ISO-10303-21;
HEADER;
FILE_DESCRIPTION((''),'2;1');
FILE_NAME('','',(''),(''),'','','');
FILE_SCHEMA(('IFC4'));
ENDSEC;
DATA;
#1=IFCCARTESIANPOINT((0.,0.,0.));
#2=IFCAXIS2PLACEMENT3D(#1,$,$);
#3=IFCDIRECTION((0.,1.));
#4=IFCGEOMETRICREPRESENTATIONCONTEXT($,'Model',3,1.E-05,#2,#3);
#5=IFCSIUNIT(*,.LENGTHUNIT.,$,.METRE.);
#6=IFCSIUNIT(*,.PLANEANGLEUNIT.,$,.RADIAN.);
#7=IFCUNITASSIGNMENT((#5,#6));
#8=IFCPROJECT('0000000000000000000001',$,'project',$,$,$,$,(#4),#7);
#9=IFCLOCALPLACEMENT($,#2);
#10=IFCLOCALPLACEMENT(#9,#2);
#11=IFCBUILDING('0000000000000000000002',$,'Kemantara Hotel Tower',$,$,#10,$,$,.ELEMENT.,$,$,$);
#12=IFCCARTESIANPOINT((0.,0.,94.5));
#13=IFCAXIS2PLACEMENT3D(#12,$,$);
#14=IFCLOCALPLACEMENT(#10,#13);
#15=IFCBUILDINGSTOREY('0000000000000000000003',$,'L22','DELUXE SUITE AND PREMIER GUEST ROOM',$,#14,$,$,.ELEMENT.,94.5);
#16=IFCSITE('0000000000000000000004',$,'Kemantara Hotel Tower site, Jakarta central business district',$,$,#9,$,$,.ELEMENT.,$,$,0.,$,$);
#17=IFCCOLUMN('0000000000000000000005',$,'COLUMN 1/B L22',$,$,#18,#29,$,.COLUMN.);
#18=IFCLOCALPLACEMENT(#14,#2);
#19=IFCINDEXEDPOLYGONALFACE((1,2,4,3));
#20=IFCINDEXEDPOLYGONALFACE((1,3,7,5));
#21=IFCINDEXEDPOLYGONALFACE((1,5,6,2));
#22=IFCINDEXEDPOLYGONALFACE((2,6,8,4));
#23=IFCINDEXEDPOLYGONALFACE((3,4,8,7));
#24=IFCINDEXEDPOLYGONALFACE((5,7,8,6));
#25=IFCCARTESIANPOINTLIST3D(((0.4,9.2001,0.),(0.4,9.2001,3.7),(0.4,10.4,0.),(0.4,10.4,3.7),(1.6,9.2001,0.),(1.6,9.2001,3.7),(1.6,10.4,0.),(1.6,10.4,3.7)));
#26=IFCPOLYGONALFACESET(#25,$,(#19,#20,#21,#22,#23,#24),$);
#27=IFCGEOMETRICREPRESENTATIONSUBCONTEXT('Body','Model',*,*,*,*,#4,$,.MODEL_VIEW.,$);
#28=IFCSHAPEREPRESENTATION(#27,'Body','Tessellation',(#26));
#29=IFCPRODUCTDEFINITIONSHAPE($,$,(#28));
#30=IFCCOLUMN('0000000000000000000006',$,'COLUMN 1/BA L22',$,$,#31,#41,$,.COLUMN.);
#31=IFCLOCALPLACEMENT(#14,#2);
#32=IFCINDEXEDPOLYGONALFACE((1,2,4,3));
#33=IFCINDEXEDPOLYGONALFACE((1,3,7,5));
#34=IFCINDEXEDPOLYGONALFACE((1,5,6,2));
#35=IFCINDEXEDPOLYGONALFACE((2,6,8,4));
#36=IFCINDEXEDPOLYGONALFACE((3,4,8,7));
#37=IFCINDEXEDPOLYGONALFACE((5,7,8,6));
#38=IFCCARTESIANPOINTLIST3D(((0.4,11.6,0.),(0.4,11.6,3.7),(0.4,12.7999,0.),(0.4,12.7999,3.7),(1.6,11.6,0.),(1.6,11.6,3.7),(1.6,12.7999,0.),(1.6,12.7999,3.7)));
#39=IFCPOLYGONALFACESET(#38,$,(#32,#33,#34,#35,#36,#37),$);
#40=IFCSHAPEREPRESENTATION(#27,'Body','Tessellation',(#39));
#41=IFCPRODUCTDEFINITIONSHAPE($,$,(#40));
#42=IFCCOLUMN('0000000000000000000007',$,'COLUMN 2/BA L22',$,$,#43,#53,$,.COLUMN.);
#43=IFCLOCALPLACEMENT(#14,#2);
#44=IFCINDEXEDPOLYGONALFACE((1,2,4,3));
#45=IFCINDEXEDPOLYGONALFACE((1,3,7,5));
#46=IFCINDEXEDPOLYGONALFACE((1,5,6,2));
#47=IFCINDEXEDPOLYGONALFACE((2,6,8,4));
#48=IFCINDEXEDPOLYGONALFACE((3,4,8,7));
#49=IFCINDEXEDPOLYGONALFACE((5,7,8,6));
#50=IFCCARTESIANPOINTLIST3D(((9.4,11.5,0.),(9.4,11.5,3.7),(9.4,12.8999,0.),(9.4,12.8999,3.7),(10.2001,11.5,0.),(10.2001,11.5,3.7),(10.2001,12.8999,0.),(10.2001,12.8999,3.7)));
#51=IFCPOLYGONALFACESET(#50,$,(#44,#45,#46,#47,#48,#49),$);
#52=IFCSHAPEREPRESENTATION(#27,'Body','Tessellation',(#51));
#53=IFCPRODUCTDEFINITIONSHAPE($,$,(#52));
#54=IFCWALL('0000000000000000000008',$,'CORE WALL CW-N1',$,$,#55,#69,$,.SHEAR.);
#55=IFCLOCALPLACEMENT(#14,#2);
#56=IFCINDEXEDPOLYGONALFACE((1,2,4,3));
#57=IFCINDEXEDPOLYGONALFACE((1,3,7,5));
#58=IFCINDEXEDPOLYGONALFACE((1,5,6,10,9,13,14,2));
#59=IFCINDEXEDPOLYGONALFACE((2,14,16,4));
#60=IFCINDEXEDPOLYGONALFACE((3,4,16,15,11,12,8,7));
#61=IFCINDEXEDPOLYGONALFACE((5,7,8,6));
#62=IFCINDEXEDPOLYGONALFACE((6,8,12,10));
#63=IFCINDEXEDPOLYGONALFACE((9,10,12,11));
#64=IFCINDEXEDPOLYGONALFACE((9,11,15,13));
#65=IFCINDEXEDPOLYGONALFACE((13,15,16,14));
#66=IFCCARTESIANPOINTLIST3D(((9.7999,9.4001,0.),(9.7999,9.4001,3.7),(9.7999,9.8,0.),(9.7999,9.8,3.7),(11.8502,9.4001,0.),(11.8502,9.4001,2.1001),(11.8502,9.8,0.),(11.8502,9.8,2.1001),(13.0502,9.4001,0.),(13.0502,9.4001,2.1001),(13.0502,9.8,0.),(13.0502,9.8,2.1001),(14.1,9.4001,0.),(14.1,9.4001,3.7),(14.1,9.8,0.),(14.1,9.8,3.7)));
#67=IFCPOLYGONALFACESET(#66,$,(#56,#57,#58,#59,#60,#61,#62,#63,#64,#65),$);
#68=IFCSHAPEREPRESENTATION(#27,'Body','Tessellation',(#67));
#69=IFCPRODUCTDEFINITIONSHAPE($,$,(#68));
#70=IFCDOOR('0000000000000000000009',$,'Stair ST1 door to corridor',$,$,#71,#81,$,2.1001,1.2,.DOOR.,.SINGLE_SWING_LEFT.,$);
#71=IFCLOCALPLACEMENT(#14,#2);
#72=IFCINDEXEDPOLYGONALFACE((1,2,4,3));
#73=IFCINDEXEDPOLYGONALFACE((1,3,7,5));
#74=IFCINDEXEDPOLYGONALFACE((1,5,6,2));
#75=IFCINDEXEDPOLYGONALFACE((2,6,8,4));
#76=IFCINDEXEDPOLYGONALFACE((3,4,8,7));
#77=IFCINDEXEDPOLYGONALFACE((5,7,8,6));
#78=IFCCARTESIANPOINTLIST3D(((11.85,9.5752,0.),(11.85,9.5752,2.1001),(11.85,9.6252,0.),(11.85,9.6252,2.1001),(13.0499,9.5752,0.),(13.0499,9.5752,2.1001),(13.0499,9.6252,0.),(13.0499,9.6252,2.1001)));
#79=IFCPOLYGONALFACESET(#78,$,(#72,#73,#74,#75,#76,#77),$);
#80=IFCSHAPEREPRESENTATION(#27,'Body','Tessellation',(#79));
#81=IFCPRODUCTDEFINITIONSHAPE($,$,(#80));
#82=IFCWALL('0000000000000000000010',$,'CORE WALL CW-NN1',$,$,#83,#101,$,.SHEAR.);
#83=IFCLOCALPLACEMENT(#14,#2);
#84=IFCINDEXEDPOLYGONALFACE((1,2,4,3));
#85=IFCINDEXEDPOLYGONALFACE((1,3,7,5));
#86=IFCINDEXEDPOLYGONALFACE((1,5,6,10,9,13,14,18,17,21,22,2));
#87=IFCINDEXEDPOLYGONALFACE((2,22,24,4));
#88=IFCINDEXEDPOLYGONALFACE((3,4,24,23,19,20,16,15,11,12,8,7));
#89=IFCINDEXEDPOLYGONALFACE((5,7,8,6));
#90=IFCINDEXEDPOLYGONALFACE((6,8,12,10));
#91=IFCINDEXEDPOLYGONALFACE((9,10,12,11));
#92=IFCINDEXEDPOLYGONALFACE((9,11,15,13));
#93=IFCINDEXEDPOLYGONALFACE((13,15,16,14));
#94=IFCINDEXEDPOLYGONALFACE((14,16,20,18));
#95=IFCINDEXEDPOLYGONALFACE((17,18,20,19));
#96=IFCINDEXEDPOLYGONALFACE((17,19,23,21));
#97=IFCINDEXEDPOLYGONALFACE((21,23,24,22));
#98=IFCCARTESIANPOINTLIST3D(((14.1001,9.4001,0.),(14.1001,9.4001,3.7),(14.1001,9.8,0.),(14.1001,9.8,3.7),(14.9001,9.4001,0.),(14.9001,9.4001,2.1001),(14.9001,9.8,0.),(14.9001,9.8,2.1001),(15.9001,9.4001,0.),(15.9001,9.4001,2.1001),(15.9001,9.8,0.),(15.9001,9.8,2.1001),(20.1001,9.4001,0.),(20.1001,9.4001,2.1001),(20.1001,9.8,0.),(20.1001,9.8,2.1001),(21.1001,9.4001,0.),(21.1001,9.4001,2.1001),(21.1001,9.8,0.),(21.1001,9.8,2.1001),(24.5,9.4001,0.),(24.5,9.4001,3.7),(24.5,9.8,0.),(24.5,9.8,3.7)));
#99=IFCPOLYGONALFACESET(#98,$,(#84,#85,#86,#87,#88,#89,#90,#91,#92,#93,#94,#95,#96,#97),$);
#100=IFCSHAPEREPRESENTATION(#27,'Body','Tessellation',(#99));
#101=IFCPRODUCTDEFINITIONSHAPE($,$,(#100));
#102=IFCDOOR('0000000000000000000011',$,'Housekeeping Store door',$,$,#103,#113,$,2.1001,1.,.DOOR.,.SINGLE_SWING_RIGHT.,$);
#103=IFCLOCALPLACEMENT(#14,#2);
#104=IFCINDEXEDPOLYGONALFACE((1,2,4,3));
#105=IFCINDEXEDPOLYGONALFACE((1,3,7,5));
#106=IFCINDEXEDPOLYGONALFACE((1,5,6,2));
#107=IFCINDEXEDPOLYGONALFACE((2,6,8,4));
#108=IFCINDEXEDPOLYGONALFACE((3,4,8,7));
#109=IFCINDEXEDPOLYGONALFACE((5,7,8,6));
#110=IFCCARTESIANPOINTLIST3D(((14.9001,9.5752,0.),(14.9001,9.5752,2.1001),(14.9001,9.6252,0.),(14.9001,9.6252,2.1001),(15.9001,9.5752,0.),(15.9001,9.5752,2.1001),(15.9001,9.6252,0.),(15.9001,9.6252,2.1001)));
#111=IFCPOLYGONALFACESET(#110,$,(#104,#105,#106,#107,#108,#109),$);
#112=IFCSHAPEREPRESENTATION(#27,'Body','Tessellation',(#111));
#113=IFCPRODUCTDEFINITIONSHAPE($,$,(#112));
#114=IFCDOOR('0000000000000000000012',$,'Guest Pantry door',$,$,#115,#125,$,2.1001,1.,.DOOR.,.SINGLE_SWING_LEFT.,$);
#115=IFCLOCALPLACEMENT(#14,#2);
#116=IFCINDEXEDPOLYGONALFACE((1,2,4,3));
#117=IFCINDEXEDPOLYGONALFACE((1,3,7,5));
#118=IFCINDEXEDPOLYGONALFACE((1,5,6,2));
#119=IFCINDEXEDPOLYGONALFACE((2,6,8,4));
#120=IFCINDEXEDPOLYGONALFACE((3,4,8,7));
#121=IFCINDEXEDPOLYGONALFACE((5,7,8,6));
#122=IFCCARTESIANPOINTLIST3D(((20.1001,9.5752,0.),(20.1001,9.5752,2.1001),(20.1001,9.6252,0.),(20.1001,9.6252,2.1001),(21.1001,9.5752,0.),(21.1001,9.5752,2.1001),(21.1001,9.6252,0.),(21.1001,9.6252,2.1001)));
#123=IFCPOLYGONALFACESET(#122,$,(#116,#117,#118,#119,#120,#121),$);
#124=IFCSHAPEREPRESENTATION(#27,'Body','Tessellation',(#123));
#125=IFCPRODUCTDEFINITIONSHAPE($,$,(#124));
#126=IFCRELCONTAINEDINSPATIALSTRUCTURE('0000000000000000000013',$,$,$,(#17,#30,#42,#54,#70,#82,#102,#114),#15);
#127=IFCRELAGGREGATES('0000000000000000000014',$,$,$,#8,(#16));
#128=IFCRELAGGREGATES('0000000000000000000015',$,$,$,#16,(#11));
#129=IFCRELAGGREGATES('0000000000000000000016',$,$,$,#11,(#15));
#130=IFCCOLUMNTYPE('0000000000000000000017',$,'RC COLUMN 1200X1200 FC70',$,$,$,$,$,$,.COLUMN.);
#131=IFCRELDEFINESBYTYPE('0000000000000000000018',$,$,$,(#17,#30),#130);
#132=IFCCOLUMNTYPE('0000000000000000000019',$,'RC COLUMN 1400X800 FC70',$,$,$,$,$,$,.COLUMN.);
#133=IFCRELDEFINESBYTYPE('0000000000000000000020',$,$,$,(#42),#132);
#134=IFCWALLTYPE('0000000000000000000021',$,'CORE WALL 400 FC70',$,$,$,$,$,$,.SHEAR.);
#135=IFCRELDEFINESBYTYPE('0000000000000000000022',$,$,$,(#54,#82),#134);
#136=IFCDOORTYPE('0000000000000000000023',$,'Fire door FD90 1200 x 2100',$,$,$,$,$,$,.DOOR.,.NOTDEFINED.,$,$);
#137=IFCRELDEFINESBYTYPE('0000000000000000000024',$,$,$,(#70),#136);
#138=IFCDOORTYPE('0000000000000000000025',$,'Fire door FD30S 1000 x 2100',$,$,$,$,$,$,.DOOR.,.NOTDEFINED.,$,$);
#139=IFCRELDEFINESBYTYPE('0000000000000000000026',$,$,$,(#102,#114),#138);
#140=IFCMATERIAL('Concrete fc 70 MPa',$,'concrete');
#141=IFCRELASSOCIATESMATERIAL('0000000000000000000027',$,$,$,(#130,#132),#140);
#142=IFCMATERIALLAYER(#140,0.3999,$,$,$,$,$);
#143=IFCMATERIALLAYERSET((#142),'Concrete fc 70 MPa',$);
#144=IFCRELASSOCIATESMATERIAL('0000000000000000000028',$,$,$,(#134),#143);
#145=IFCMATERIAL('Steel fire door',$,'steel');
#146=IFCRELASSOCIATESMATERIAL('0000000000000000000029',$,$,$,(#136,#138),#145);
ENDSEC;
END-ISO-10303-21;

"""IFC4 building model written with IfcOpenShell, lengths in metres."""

from ifc_helpers import new_model, si_unit, direction, frame, frame_2d, origin, origin_2d, place, context, subcontext, project, spatial, rectangle, extrude, material, layer, layer_set, material_profile, profile_set, type_object, element, fill, save


model = new_model("IFC4")

# Units and contexts
model_context = context("Model", 3, precision=1e-05, world=origin(), true_north=direction((0.0, 1.0)))
body_context = subcontext(model_context, "Body", "Model", "MODEL_VIEW")
ifc_project = project(units=[si_unit("LENGTHUNIT", "METRE"), si_unit("PLANEANGLEUNIT", "RADIAN")], contexts=[model_context])

# Site, building, storey
site_placement = place(None, origin())
site = spatial("IfcSite", under=ifc_project, at=site_placement, Name="Kemantara Hotel Tower site, Jakarta central business district", CompositionType="ELEMENT", RefElevation=0.0)
building_placement = place(site_placement, origin())
building = spatial("IfcBuilding", under=site, at=building_placement, Name="Kemantara Hotel Tower", CompositionType="ELEMENT")
storey_placement = place(building_placement, frame((0.0, 0.0, 94.5)))
storey = spatial("IfcBuildingStorey", under=building, at=storey_placement, Name="L22", Description="DELUXE SUITE AND PREMIER GUEST ROOM", CompositionType="ELEMENT", Elevation=94.5)

# Columns
ifc_material_1 = material(Name="Concrete fc 70 MPa", Category="concrete")
ifc_material_profile_1 = material_profile(ifc_material_1, rectangle(XDim=1.2, YDim=1.2, at=origin_2d()), Name="RC 1200X1200")
ifc_profile_set_1 = profile_set([ifc_material_profile_1], Name="Concrete fc 70 MPa")
column_type_1 = type_object("IfcColumnType", Name="RC COLUMN 1200X1200 FC70", PredefinedType="COLUMN", material=ifc_profile_set_1)
for number, where, z_axis, x_axis, name in (
    (1, (1.0, 9.8, 0.0), (0.0, 0.0, 1.0), (1.0, 0.0, 0.0), "COLUMN 1/B L22"),
    (2, (1.0, 12.2, 0.0), (0.0, 0.0, 1.0), (1.0, 0.0, 0.0), "COLUMN 1/BA L22"),
):
    element("IfcColumn", number, at=place(storey_placement, frame(where, z_axis=z_axis, x_axis=x_axis)), inside=storey, type_object=column_type_1, Name=name, PredefinedType="COLUMN", context=body_context, shape_type="SweptSolid", body=[
        extrude(rectangle(XDim=1.2, YDim=1.2, at=origin_2d()), origin(), (0.0, 0.0, 1.0), 3.7),
    ])
ifc_material_profile_2 = material_profile(ifc_material_1, rectangle(XDim=1.3999, YDim=0.8, at=origin_2d()), Name="RC 1400X800")
ifc_profile_set_2 = profile_set([ifc_material_profile_2], Name="Concrete fc 70 MPa")
column_type_2 = type_object("IfcColumnType", Name="RC COLUMN 1400X800 FC70", PredefinedType="COLUMN", material=ifc_profile_set_2)
column_placement = place(storey_placement, frame((9.8, 12.2, 0.0), z_axis=(0.0, 0.0, 1.0), x_axis=(0.0, 1.0, 0.0)))
element("IfcColumn", 3, at=column_placement, inside=storey, type_object=column_type_2, Name="COLUMN 2/BA L22", PredefinedType="COLUMN", context=body_context, shape_type="SweptSolid", body=[
    extrude(rectangle(XDim=1.3999, YDim=0.8, at=origin_2d()), origin(), (0.0, 0.0, 1.0), 3.7),
])

# Wall, opening, door
ifc_layer_1 = layer(ifc_material_1, 0.3999)
ifc_layer_set_1 = layer_set([ifc_layer_1], Name="Concrete fc 70 MPa")
wall_type_1 = type_object("IfcWallType", Name="CORE WALL 400 FC70", PredefinedType="SHEAR", material=ifc_layer_set_1)
wall_1_placement = place(storey_placement, frame((9.8, 9.6001, 0.0), z_axis=(0.0, 0.0, 1.0), x_axis=(1.0, 0.0, 0.0)))
wall_1 = element("IfcWall", 4, at=wall_1_placement, inside=storey, type_object=wall_type_1, Name="CORE WALL CW-N1", PredefinedType="SHEAR", context=body_context, shape_type="SweptSolid", body=[
    extrude(rectangle(XDim=4.3, YDim=0.3999, at=frame_2d((2.1499, 0.0))), origin(), (0.0, 0.0, 1.0), 3.7),
])
opening_1_placement = place(wall_1_placement, frame((2.05, 0.0, 0.0)))
opening_1 = element("IfcOpeningElement", 5, at=opening_1_placement, cuts=wall_1, PredefinedType="OPENING", context=body_context, shape_type="SweptSolid", body=[
    extrude(rectangle(XDim=1.2, YDim=2.1001, at=frame_2d((0.6001, 1.05))), frame((0.0, 0.21, 0.0), z_axis=(0.0, -1.0, 0.0), x_axis=(1.0, 0.0, 0.0)), (0.0, 0.0, 1.0), 0.4199),
])
ifc_material_2 = material(Name="Steel fire door", Category="steel")
door_type_1 = type_object("IfcDoorType", Name="Fire door FD90 1200 x 2100", OperationType="NOTDEFINED", PredefinedType="DOOR", material=ifc_material_2)
door_1_placement = place(opening_1_placement, frame((1.2, 0.0, 0.0), z_axis=(0.0, 0.0, 1.0), x_axis=(-1.0, 0.0, 0.0)))
door_1 = element("IfcDoor", 6, at=door_1_placement, inside=storey, type_object=door_type_1, Name="Stair ST1 door to corridor", OperationType="SINGLE_SWING_LEFT", OverallHeight=2.1001, OverallWidth=1.2, PredefinedType="DOOR", context=body_context, shape_type="SweptSolid", body=[
    extrude(rectangle(XDim=1.2, YDim=2.1001, at=frame_2d((0.6001, 1.05))), frame((0.0, 0.0249, 0.0), z_axis=(0.0, -1.0, 0.0), x_axis=(1.0, 0.0, 0.0)), (0.0, 0.0, 1.0), 0.05),
])
fill(opening_1, door_1)

# Wall, openings, doors
wall_2_placement = place(storey_placement, frame((14.1001, 9.6001, 0.0), z_axis=(0.0, 0.0, 1.0), x_axis=(1.0, 0.0, 0.0)))
wall_2 = element("IfcWall", 7, at=wall_2_placement, inside=storey, type_object=wall_type_1, Name="CORE WALL CW-NN1", PredefinedType="SHEAR", context=body_context, shape_type="SweptSolid", body=[
    extrude(rectangle(XDim=10.3999, YDim=0.3999, at=frame_2d((5.2, 0.0))), origin(), (0.0, 0.0, 1.0), 3.7),
])
opening_2_placement = place(wall_2_placement, frame((0.8, 0.0, 0.0)))
opening_2 = element("IfcOpeningElement", 8, at=opening_2_placement, cuts=wall_2, PredefinedType="OPENING", context=body_context, shape_type="SweptSolid", body=[
    extrude(rectangle(XDim=1.0, YDim=2.1001, at=frame_2d((0.5, 1.05))), frame((0.0, 0.21, 0.0), z_axis=(0.0, -1.0, 0.0), x_axis=(1.0, 0.0, 0.0)), (0.0, 0.0, 1.0), 0.4199),
])
opening_3_placement = place(wall_2_placement, frame((6.0, 0.0, 0.0)))
opening_3 = element("IfcOpeningElement", 9, at=opening_3_placement, cuts=wall_2, PredefinedType="OPENING", context=body_context, shape_type="SweptSolid", body=[
    extrude(rectangle(XDim=1.0, YDim=2.1001, at=frame_2d((0.5, 1.05))), frame((0.0, 0.21, 0.0), z_axis=(0.0, -1.0, 0.0), x_axis=(1.0, 0.0, 0.0)), (0.0, 0.0, 1.0), 0.4199),
])
door_type_2 = type_object("IfcDoorType", Name="Fire door FD30S 1000 x 2100", OperationType="NOTDEFINED", PredefinedType="DOOR", material=ifc_material_2)
door_2_placement = place(opening_2_placement, frame((1.0, 0.0, 0.0), z_axis=(0.0, 0.0, 1.0), x_axis=(-1.0, 0.0, 0.0)))
door_2 = element("IfcDoor", 10, at=door_2_placement, inside=storey, type_object=door_type_2, Name="Housekeeping Store door", OperationType="SINGLE_SWING_RIGHT", OverallHeight=2.1001, OverallWidth=1.0, PredefinedType="DOOR", context=body_context, shape_type="SweptSolid", body=[
    extrude(rectangle(XDim=1.0, YDim=2.1001, at=frame_2d((0.5, 1.05))), frame((0.0, 0.0249, 0.0), z_axis=(0.0, -1.0, 0.0), x_axis=(1.0, 0.0, 0.0)), (0.0, 0.0, 1.0), 0.05),
])
fill(opening_2, door_2)
door_3_placement = place(opening_3_placement, frame((1.0, 0.0, 0.0), z_axis=(0.0, 0.0, 1.0), x_axis=(-1.0, 0.0, 0.0)))
door_3 = element("IfcDoor", 11, at=door_3_placement, inside=storey, type_object=door_type_2, Name="Guest Pantry door", OperationType="SINGLE_SWING_LEFT", OverallHeight=2.1001, OverallWidth=1.0, PredefinedType="DOOR", context=body_context, shape_type="SweptSolid", body=[
    extrude(rectangle(XDim=1.0, YDim=2.1001, at=frame_2d((0.5, 1.05))), frame((0.0, 0.0249, 0.0), z_axis=(0.0, -1.0, 0.0), x_axis=(1.0, 0.0, 0.0)), (0.0, 0.0, 1.0), 0.05),
])
fill(opening_3, door_3)

save(model, "model.ifc")
